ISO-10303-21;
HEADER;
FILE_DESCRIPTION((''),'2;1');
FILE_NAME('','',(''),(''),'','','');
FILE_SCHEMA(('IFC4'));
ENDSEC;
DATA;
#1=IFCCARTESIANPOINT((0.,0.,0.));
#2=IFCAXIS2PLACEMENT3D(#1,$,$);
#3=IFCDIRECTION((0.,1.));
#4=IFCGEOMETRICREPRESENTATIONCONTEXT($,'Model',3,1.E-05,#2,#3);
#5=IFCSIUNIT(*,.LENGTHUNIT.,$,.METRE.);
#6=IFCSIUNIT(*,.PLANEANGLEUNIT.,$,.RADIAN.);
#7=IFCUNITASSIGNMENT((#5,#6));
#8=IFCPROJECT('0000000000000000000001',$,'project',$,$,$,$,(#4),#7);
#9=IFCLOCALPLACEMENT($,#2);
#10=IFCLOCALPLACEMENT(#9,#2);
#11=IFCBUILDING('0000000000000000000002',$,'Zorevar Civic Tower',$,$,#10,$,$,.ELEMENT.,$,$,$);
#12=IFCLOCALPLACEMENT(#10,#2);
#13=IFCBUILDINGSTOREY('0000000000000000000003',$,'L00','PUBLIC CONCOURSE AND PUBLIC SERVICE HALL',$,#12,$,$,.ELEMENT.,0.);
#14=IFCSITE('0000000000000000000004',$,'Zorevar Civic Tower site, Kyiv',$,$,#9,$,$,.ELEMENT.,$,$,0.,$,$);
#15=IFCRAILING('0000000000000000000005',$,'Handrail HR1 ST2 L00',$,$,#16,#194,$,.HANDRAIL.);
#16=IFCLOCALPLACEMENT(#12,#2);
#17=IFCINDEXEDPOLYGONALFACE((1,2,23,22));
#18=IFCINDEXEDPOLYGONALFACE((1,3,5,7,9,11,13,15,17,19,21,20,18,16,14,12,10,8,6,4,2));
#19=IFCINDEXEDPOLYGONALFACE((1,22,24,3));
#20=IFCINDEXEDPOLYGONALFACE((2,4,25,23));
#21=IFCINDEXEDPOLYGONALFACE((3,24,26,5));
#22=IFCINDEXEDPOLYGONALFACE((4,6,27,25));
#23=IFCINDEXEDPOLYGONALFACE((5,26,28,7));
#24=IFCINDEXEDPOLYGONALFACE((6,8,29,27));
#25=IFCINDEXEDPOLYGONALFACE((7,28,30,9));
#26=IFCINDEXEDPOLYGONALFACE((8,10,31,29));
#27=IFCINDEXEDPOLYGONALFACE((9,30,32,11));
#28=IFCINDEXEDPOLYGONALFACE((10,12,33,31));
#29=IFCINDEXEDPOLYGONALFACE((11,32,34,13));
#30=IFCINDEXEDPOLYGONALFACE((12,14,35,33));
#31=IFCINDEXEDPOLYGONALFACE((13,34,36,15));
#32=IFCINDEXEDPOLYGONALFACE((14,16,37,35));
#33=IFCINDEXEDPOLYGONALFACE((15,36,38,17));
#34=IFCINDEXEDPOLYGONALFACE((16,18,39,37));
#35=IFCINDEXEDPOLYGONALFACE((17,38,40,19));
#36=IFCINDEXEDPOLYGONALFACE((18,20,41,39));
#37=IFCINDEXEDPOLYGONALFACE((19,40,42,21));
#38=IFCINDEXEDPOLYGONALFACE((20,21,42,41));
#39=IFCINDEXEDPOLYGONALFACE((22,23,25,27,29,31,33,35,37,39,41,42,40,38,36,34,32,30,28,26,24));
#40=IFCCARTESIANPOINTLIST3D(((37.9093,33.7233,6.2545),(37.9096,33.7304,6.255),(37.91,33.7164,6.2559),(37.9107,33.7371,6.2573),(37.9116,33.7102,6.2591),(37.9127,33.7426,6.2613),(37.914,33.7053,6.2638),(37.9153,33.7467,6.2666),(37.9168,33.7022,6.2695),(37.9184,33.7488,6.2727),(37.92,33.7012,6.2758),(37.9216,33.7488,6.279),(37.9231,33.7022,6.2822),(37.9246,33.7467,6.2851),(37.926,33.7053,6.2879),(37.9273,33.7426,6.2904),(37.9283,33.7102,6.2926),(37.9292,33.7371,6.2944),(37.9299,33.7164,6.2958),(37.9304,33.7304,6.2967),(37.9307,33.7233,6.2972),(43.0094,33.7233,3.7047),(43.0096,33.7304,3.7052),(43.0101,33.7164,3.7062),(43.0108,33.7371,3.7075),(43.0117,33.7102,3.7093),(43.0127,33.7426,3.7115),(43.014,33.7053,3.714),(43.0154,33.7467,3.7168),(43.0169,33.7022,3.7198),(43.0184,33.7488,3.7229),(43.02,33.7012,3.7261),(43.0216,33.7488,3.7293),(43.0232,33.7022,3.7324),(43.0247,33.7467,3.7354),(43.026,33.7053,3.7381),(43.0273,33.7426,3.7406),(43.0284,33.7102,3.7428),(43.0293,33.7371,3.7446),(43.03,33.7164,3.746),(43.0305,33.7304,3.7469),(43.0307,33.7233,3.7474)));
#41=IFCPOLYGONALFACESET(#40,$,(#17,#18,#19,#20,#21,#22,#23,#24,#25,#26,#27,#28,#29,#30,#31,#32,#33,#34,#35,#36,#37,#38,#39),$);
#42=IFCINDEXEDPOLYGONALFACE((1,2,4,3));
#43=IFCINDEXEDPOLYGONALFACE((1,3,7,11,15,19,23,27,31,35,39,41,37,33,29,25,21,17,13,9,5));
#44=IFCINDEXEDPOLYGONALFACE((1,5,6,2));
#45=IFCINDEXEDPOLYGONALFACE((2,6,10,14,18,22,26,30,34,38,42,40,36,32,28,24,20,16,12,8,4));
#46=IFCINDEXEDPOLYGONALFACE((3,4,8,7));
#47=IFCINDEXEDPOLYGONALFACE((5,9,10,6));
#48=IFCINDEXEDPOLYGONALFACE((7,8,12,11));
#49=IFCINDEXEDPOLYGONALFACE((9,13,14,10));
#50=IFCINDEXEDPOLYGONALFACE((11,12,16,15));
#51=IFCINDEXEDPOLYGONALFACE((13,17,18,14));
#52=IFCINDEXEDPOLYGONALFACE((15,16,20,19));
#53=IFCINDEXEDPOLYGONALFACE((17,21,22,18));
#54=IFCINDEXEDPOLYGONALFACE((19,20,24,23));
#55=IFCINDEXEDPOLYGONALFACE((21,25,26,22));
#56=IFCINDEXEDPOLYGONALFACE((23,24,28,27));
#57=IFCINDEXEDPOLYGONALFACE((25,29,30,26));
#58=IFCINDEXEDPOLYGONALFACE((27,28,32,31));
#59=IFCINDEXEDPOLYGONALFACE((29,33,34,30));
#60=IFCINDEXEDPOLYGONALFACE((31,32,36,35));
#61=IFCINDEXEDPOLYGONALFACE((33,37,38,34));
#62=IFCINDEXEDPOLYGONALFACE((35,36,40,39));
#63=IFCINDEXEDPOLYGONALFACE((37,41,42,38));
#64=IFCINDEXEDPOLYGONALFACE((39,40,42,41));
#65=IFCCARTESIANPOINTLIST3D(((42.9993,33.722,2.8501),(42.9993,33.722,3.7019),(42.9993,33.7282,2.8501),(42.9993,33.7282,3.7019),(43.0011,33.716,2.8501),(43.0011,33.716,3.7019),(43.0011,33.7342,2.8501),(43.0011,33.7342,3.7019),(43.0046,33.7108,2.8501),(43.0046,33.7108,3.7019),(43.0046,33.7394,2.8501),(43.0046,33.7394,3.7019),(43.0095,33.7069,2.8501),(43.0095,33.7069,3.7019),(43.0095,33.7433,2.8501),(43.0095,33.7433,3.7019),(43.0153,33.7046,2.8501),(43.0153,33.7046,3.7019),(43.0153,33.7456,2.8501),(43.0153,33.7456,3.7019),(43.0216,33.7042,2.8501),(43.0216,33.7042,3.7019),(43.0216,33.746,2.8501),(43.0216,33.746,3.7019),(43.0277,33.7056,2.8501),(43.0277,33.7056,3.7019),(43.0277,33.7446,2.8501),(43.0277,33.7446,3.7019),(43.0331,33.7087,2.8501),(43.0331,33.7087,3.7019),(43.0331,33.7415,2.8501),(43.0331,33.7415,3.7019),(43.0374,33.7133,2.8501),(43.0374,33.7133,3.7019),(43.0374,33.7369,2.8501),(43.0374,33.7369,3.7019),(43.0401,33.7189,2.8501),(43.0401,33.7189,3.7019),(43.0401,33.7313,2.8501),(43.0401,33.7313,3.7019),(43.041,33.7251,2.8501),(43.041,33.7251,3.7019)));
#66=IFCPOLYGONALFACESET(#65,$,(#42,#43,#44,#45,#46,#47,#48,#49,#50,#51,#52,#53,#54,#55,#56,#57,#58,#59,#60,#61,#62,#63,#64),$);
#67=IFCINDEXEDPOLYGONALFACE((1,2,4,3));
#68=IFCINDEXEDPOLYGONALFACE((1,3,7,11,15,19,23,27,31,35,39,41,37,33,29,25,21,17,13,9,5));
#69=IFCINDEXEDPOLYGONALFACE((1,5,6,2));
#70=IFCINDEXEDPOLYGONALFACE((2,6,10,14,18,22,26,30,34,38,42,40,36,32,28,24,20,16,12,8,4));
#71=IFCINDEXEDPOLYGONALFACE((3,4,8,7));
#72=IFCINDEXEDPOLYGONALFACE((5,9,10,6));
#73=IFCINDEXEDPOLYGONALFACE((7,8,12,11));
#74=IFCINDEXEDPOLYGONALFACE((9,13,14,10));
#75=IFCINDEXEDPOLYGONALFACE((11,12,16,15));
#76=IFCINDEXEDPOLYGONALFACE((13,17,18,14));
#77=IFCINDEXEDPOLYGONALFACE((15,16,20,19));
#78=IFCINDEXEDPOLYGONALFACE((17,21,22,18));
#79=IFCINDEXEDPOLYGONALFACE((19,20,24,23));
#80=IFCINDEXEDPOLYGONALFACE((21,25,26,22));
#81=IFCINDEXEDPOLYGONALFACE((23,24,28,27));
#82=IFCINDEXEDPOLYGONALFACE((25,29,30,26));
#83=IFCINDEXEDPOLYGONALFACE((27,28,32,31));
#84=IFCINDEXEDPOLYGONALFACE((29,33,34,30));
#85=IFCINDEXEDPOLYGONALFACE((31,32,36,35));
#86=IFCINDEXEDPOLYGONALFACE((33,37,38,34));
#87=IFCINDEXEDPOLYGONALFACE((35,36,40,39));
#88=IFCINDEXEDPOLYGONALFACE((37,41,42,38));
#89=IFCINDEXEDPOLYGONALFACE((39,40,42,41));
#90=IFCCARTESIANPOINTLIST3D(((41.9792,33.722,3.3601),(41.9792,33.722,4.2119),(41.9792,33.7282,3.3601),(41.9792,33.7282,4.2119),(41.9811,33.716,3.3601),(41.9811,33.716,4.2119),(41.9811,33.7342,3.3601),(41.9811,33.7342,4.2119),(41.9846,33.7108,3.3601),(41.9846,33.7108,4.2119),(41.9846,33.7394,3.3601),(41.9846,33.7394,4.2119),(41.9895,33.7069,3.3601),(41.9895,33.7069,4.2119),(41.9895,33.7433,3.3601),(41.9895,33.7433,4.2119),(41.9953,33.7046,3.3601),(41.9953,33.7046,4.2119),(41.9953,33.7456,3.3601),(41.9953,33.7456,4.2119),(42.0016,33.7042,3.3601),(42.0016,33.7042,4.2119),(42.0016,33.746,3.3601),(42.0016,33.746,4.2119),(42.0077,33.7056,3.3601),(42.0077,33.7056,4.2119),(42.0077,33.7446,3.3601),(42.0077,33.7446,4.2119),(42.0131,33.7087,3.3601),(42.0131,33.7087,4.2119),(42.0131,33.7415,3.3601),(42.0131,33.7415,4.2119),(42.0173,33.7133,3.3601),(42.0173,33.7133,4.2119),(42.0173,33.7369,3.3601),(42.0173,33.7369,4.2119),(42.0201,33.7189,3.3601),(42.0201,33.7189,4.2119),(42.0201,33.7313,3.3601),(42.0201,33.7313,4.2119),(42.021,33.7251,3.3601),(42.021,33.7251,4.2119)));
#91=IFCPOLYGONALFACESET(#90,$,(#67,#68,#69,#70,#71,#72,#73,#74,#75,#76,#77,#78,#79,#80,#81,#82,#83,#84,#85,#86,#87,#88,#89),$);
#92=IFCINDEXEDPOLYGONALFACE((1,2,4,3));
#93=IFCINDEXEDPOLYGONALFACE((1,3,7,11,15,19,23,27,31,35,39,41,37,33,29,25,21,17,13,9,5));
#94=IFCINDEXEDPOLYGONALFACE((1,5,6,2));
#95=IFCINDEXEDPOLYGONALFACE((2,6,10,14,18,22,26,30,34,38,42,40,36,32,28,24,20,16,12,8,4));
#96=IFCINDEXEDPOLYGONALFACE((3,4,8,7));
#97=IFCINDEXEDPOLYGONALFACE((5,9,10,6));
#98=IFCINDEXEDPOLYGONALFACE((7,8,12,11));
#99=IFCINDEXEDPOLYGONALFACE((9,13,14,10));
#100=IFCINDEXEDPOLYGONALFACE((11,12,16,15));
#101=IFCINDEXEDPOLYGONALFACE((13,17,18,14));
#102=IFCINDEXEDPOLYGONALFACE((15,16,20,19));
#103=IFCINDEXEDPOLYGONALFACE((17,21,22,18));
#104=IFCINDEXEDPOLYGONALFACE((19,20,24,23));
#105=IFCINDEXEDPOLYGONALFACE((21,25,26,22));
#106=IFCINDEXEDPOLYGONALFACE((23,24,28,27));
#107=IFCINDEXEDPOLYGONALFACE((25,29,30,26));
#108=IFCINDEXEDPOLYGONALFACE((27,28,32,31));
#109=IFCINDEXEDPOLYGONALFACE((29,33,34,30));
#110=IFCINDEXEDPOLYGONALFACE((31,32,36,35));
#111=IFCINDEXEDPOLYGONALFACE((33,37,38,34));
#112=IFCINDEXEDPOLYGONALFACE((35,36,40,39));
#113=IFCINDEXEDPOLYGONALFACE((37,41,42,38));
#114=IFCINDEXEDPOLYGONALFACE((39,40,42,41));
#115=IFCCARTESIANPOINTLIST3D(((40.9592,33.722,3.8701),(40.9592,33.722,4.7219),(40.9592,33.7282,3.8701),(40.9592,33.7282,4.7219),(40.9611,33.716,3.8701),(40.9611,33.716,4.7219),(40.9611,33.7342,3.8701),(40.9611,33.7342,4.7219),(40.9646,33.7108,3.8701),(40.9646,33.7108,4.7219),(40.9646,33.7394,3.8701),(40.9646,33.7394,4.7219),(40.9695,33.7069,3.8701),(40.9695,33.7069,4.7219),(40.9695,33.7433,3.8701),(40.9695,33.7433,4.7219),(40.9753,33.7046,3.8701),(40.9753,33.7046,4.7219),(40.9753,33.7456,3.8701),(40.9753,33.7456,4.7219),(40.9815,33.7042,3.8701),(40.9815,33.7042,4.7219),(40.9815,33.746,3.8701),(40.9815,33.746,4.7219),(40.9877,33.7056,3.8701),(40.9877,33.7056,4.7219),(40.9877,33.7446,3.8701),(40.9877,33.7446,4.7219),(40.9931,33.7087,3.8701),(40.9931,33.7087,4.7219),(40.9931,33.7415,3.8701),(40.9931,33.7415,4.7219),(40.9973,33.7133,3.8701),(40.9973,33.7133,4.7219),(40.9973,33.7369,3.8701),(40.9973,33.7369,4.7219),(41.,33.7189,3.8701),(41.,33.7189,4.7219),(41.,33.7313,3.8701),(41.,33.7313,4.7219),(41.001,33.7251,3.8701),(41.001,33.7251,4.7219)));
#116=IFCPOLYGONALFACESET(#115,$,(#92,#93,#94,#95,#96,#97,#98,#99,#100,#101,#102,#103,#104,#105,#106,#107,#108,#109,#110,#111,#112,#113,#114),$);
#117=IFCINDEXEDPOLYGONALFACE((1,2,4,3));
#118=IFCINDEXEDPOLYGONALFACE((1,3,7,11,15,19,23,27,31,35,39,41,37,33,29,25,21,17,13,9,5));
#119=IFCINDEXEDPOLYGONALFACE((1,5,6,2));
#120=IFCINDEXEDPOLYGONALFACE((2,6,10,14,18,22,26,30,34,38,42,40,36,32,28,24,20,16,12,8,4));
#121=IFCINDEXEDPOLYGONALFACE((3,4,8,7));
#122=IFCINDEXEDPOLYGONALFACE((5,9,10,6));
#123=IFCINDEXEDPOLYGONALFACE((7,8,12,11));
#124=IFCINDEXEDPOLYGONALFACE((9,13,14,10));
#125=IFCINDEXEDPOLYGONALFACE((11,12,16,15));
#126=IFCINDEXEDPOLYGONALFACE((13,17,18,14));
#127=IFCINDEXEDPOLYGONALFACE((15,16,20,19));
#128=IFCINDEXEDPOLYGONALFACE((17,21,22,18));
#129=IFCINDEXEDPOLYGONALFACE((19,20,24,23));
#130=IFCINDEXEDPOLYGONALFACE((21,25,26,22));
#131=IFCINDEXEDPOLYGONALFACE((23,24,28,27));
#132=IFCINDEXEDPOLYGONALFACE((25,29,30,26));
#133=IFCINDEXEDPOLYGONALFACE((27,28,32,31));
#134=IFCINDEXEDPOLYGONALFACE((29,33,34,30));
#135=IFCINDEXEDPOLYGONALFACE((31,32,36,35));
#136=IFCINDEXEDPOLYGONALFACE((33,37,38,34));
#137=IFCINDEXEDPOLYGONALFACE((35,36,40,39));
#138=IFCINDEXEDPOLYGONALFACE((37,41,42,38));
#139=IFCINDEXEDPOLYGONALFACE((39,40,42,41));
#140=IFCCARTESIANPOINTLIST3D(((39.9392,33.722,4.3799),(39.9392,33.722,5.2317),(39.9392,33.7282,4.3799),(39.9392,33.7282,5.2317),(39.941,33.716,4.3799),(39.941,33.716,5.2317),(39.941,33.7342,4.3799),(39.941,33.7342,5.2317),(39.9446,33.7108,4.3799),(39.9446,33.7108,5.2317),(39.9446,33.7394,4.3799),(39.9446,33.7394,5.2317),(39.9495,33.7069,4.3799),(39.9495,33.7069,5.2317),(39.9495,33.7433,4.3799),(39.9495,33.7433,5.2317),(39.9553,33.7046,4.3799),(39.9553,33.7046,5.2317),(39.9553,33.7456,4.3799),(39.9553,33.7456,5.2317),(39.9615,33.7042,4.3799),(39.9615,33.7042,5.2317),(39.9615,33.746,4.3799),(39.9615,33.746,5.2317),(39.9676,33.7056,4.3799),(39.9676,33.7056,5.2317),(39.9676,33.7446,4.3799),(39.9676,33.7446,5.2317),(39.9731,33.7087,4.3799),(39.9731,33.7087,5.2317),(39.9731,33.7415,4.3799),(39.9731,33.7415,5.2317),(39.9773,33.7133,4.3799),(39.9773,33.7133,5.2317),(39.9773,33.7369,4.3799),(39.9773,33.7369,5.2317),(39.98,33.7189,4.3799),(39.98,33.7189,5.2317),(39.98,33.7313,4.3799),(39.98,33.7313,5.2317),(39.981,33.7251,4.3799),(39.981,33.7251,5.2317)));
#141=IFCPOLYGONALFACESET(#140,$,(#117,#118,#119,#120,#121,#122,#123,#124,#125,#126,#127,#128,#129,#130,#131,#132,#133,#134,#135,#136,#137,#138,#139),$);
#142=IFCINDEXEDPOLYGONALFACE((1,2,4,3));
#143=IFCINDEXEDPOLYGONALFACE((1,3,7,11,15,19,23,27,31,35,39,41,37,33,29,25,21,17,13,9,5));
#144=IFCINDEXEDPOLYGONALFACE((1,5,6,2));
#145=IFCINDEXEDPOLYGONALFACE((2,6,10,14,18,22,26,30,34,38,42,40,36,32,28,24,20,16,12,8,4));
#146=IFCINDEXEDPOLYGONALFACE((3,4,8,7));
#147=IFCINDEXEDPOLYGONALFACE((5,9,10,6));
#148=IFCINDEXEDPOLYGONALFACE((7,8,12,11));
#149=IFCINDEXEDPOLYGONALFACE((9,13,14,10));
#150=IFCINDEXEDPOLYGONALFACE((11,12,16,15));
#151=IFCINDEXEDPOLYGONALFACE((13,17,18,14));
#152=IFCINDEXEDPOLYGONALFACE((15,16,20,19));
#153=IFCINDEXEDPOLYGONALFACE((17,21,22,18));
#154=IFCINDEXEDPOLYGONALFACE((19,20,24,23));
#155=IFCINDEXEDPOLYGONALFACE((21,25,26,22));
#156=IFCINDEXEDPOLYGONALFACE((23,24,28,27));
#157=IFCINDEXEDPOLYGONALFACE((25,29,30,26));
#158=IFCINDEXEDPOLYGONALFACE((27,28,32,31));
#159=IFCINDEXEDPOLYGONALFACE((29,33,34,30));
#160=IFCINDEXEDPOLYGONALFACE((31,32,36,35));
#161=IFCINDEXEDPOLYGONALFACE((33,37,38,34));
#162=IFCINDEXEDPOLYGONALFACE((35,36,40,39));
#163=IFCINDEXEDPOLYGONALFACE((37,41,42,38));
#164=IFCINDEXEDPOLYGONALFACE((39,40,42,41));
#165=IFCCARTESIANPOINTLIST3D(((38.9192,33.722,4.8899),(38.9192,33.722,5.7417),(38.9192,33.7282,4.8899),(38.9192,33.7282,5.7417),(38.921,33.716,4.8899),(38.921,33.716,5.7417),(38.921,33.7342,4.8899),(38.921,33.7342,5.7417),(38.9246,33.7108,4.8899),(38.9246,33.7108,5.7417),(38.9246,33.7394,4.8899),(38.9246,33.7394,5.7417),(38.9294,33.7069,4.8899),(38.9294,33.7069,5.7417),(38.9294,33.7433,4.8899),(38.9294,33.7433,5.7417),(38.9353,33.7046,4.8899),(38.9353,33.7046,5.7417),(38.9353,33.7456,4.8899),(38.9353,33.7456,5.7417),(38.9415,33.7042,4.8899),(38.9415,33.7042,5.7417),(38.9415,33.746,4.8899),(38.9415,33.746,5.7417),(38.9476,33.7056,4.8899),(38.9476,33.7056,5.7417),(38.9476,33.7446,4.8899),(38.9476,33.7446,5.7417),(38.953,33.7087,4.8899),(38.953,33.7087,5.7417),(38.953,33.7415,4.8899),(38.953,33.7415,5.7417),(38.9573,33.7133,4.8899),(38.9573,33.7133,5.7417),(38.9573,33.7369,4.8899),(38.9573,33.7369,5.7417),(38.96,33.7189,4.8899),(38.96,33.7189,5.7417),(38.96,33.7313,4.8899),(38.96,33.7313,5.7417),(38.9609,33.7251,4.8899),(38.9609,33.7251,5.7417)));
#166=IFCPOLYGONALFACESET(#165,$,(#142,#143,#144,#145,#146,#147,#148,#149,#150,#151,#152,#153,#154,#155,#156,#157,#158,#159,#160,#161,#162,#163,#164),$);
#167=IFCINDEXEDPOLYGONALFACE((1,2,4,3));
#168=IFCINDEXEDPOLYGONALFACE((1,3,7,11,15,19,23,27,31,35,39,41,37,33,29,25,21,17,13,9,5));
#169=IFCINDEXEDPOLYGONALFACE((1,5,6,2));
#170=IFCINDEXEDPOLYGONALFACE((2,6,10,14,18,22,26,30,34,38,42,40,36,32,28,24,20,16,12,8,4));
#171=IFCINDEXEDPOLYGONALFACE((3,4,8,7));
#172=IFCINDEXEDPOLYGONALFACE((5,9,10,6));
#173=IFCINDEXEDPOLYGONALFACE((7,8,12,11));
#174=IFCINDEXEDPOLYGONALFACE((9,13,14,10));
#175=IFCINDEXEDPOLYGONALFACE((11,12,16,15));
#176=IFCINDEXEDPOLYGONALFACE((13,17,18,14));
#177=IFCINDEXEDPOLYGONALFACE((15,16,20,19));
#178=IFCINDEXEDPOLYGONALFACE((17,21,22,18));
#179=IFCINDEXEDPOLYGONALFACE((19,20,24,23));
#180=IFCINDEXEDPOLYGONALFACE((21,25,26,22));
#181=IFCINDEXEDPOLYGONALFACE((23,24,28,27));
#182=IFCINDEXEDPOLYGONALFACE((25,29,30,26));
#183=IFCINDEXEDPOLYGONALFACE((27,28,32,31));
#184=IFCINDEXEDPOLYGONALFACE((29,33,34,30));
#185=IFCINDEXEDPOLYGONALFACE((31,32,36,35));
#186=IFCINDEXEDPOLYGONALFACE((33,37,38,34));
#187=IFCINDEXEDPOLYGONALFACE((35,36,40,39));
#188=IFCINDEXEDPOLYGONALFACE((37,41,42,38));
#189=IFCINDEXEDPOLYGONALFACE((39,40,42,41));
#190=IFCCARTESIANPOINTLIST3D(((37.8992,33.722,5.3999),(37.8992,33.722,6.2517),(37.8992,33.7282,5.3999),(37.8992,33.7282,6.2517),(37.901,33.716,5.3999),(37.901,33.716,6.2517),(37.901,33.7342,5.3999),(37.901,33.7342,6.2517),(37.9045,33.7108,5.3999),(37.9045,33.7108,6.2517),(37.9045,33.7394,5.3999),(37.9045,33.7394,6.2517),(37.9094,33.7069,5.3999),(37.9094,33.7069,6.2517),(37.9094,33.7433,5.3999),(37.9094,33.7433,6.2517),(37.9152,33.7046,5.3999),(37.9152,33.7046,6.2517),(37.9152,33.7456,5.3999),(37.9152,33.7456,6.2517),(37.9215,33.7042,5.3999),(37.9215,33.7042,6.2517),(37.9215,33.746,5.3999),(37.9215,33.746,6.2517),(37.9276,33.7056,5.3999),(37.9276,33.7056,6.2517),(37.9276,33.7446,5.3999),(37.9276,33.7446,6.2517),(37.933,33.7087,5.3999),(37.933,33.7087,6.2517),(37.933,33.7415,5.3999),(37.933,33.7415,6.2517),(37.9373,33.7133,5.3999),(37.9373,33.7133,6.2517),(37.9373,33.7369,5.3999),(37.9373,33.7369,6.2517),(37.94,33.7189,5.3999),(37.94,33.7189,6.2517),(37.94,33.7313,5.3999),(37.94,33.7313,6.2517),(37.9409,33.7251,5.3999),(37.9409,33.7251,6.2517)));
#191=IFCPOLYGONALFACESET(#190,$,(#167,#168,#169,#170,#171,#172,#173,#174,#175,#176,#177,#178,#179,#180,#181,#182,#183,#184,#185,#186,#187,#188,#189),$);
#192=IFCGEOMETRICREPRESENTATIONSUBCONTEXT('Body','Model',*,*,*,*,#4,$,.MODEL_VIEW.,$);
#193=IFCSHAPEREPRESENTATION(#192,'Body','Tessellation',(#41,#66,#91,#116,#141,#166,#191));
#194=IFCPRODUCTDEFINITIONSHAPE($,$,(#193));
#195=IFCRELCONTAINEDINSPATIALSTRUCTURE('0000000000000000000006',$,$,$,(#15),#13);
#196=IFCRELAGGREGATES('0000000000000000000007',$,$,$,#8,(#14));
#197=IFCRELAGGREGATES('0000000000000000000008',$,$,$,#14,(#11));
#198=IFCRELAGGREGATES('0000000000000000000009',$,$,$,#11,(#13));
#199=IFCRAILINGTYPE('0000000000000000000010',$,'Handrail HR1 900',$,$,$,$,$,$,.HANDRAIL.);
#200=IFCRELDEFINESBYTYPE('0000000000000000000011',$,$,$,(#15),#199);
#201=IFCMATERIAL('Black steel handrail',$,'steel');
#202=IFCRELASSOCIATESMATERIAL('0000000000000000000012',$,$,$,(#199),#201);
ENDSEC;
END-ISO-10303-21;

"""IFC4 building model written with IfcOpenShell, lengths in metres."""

from ifc_helpers import new_model, si_unit, direction, frame, origin, origin_2d, place, context, subcontext, project, spatial, circle, extrude, material, type_object, element, save


model = new_model("IFC4")

# Units and contexts
model_context = context("Model", 3, precision=1e-05, world=origin(), true_north=direction((0.0, 1.0)))
body_context = subcontext(model_context, "Body", "Model", "MODEL_VIEW")
ifc_project = project(units=[si_unit("LENGTHUNIT", "METRE"), si_unit("PLANEANGLEUNIT", "RADIAN")], contexts=[model_context])

# Site, building, storey
site_placement = place(None, origin())
site = spatial("IfcSite", under=ifc_project, at=site_placement, Name="Zorevar Civic Tower site, Kyiv", CompositionType="ELEMENT", RefElevation=0.0)
building_placement = place(site_placement, origin())
building = spatial("IfcBuilding", under=site, at=building_placement, Name="Zorevar Civic Tower", CompositionType="ELEMENT")
storey_placement = place(building_placement, origin())
storey = spatial("IfcBuildingStorey", under=building, at=storey_placement, Name="L00", Description="PUBLIC CONCOURSE AND PUBLIC SERVICE HALL", CompositionType="ELEMENT", Elevation=0.0)

# Railing
ifc_material_1 = material(Name="Black steel handrail", Category="steel")
railing_type = type_object("IfcRailingType", Name="Handrail HR1 900", PredefinedType="HANDRAIL", material=ifc_material_1)
railing_1_placement = place(storey_placement, frame((43.02, 33.7251, 2.8501)))
element("IfcRailing", 1, at=railing_1_placement, inside=storey, type_object=railing_type, Name="Handrail HR1 ST2 L00", PredefinedType="HANDRAIL", context=body_context, shape_type="SweptSolid", body=[
    extrude(circle(Radius=0.0239, at=origin_2d()), frame((0.0, 0.0, 0.876), z_axis=(-0.894444, 0.0, 0.447179), x_axis=(0.0, -1.0, 0.0)), (0.0, 0.0, 1.0), 5.7019),
    extrude(circle(Radius=0.021, at=origin_2d()), origin(), (0.0, 0.0, 1.0), 0.8518),
    extrude(circle(Radius=0.021, at=origin_2d()), frame((-1.02, 0.0, 0.51)), (0.0, 0.0, 1.0), 0.8518),
    extrude(circle(Radius=0.021, at=origin_2d()), frame((-2.04, 0.0, 1.02)), (0.0, 0.0, 1.0), 0.8518),
    extrude(circle(Radius=0.021, at=origin_2d()), frame((-3.0601, 0.0, 1.5298)), (0.0, 0.0, 1.0), 0.8518),
    extrude(circle(Radius=0.021, at=origin_2d()), frame((-4.0801, 0.0, 2.0398)), (0.0, 0.0, 1.0), 0.8518),
    extrude(circle(Radius=0.021, at=origin_2d()), frame((-5.1001, 0.0, 2.5498)), (0.0, 0.0, 1.0), 0.8518),
])

save(model, "model.ifc")
